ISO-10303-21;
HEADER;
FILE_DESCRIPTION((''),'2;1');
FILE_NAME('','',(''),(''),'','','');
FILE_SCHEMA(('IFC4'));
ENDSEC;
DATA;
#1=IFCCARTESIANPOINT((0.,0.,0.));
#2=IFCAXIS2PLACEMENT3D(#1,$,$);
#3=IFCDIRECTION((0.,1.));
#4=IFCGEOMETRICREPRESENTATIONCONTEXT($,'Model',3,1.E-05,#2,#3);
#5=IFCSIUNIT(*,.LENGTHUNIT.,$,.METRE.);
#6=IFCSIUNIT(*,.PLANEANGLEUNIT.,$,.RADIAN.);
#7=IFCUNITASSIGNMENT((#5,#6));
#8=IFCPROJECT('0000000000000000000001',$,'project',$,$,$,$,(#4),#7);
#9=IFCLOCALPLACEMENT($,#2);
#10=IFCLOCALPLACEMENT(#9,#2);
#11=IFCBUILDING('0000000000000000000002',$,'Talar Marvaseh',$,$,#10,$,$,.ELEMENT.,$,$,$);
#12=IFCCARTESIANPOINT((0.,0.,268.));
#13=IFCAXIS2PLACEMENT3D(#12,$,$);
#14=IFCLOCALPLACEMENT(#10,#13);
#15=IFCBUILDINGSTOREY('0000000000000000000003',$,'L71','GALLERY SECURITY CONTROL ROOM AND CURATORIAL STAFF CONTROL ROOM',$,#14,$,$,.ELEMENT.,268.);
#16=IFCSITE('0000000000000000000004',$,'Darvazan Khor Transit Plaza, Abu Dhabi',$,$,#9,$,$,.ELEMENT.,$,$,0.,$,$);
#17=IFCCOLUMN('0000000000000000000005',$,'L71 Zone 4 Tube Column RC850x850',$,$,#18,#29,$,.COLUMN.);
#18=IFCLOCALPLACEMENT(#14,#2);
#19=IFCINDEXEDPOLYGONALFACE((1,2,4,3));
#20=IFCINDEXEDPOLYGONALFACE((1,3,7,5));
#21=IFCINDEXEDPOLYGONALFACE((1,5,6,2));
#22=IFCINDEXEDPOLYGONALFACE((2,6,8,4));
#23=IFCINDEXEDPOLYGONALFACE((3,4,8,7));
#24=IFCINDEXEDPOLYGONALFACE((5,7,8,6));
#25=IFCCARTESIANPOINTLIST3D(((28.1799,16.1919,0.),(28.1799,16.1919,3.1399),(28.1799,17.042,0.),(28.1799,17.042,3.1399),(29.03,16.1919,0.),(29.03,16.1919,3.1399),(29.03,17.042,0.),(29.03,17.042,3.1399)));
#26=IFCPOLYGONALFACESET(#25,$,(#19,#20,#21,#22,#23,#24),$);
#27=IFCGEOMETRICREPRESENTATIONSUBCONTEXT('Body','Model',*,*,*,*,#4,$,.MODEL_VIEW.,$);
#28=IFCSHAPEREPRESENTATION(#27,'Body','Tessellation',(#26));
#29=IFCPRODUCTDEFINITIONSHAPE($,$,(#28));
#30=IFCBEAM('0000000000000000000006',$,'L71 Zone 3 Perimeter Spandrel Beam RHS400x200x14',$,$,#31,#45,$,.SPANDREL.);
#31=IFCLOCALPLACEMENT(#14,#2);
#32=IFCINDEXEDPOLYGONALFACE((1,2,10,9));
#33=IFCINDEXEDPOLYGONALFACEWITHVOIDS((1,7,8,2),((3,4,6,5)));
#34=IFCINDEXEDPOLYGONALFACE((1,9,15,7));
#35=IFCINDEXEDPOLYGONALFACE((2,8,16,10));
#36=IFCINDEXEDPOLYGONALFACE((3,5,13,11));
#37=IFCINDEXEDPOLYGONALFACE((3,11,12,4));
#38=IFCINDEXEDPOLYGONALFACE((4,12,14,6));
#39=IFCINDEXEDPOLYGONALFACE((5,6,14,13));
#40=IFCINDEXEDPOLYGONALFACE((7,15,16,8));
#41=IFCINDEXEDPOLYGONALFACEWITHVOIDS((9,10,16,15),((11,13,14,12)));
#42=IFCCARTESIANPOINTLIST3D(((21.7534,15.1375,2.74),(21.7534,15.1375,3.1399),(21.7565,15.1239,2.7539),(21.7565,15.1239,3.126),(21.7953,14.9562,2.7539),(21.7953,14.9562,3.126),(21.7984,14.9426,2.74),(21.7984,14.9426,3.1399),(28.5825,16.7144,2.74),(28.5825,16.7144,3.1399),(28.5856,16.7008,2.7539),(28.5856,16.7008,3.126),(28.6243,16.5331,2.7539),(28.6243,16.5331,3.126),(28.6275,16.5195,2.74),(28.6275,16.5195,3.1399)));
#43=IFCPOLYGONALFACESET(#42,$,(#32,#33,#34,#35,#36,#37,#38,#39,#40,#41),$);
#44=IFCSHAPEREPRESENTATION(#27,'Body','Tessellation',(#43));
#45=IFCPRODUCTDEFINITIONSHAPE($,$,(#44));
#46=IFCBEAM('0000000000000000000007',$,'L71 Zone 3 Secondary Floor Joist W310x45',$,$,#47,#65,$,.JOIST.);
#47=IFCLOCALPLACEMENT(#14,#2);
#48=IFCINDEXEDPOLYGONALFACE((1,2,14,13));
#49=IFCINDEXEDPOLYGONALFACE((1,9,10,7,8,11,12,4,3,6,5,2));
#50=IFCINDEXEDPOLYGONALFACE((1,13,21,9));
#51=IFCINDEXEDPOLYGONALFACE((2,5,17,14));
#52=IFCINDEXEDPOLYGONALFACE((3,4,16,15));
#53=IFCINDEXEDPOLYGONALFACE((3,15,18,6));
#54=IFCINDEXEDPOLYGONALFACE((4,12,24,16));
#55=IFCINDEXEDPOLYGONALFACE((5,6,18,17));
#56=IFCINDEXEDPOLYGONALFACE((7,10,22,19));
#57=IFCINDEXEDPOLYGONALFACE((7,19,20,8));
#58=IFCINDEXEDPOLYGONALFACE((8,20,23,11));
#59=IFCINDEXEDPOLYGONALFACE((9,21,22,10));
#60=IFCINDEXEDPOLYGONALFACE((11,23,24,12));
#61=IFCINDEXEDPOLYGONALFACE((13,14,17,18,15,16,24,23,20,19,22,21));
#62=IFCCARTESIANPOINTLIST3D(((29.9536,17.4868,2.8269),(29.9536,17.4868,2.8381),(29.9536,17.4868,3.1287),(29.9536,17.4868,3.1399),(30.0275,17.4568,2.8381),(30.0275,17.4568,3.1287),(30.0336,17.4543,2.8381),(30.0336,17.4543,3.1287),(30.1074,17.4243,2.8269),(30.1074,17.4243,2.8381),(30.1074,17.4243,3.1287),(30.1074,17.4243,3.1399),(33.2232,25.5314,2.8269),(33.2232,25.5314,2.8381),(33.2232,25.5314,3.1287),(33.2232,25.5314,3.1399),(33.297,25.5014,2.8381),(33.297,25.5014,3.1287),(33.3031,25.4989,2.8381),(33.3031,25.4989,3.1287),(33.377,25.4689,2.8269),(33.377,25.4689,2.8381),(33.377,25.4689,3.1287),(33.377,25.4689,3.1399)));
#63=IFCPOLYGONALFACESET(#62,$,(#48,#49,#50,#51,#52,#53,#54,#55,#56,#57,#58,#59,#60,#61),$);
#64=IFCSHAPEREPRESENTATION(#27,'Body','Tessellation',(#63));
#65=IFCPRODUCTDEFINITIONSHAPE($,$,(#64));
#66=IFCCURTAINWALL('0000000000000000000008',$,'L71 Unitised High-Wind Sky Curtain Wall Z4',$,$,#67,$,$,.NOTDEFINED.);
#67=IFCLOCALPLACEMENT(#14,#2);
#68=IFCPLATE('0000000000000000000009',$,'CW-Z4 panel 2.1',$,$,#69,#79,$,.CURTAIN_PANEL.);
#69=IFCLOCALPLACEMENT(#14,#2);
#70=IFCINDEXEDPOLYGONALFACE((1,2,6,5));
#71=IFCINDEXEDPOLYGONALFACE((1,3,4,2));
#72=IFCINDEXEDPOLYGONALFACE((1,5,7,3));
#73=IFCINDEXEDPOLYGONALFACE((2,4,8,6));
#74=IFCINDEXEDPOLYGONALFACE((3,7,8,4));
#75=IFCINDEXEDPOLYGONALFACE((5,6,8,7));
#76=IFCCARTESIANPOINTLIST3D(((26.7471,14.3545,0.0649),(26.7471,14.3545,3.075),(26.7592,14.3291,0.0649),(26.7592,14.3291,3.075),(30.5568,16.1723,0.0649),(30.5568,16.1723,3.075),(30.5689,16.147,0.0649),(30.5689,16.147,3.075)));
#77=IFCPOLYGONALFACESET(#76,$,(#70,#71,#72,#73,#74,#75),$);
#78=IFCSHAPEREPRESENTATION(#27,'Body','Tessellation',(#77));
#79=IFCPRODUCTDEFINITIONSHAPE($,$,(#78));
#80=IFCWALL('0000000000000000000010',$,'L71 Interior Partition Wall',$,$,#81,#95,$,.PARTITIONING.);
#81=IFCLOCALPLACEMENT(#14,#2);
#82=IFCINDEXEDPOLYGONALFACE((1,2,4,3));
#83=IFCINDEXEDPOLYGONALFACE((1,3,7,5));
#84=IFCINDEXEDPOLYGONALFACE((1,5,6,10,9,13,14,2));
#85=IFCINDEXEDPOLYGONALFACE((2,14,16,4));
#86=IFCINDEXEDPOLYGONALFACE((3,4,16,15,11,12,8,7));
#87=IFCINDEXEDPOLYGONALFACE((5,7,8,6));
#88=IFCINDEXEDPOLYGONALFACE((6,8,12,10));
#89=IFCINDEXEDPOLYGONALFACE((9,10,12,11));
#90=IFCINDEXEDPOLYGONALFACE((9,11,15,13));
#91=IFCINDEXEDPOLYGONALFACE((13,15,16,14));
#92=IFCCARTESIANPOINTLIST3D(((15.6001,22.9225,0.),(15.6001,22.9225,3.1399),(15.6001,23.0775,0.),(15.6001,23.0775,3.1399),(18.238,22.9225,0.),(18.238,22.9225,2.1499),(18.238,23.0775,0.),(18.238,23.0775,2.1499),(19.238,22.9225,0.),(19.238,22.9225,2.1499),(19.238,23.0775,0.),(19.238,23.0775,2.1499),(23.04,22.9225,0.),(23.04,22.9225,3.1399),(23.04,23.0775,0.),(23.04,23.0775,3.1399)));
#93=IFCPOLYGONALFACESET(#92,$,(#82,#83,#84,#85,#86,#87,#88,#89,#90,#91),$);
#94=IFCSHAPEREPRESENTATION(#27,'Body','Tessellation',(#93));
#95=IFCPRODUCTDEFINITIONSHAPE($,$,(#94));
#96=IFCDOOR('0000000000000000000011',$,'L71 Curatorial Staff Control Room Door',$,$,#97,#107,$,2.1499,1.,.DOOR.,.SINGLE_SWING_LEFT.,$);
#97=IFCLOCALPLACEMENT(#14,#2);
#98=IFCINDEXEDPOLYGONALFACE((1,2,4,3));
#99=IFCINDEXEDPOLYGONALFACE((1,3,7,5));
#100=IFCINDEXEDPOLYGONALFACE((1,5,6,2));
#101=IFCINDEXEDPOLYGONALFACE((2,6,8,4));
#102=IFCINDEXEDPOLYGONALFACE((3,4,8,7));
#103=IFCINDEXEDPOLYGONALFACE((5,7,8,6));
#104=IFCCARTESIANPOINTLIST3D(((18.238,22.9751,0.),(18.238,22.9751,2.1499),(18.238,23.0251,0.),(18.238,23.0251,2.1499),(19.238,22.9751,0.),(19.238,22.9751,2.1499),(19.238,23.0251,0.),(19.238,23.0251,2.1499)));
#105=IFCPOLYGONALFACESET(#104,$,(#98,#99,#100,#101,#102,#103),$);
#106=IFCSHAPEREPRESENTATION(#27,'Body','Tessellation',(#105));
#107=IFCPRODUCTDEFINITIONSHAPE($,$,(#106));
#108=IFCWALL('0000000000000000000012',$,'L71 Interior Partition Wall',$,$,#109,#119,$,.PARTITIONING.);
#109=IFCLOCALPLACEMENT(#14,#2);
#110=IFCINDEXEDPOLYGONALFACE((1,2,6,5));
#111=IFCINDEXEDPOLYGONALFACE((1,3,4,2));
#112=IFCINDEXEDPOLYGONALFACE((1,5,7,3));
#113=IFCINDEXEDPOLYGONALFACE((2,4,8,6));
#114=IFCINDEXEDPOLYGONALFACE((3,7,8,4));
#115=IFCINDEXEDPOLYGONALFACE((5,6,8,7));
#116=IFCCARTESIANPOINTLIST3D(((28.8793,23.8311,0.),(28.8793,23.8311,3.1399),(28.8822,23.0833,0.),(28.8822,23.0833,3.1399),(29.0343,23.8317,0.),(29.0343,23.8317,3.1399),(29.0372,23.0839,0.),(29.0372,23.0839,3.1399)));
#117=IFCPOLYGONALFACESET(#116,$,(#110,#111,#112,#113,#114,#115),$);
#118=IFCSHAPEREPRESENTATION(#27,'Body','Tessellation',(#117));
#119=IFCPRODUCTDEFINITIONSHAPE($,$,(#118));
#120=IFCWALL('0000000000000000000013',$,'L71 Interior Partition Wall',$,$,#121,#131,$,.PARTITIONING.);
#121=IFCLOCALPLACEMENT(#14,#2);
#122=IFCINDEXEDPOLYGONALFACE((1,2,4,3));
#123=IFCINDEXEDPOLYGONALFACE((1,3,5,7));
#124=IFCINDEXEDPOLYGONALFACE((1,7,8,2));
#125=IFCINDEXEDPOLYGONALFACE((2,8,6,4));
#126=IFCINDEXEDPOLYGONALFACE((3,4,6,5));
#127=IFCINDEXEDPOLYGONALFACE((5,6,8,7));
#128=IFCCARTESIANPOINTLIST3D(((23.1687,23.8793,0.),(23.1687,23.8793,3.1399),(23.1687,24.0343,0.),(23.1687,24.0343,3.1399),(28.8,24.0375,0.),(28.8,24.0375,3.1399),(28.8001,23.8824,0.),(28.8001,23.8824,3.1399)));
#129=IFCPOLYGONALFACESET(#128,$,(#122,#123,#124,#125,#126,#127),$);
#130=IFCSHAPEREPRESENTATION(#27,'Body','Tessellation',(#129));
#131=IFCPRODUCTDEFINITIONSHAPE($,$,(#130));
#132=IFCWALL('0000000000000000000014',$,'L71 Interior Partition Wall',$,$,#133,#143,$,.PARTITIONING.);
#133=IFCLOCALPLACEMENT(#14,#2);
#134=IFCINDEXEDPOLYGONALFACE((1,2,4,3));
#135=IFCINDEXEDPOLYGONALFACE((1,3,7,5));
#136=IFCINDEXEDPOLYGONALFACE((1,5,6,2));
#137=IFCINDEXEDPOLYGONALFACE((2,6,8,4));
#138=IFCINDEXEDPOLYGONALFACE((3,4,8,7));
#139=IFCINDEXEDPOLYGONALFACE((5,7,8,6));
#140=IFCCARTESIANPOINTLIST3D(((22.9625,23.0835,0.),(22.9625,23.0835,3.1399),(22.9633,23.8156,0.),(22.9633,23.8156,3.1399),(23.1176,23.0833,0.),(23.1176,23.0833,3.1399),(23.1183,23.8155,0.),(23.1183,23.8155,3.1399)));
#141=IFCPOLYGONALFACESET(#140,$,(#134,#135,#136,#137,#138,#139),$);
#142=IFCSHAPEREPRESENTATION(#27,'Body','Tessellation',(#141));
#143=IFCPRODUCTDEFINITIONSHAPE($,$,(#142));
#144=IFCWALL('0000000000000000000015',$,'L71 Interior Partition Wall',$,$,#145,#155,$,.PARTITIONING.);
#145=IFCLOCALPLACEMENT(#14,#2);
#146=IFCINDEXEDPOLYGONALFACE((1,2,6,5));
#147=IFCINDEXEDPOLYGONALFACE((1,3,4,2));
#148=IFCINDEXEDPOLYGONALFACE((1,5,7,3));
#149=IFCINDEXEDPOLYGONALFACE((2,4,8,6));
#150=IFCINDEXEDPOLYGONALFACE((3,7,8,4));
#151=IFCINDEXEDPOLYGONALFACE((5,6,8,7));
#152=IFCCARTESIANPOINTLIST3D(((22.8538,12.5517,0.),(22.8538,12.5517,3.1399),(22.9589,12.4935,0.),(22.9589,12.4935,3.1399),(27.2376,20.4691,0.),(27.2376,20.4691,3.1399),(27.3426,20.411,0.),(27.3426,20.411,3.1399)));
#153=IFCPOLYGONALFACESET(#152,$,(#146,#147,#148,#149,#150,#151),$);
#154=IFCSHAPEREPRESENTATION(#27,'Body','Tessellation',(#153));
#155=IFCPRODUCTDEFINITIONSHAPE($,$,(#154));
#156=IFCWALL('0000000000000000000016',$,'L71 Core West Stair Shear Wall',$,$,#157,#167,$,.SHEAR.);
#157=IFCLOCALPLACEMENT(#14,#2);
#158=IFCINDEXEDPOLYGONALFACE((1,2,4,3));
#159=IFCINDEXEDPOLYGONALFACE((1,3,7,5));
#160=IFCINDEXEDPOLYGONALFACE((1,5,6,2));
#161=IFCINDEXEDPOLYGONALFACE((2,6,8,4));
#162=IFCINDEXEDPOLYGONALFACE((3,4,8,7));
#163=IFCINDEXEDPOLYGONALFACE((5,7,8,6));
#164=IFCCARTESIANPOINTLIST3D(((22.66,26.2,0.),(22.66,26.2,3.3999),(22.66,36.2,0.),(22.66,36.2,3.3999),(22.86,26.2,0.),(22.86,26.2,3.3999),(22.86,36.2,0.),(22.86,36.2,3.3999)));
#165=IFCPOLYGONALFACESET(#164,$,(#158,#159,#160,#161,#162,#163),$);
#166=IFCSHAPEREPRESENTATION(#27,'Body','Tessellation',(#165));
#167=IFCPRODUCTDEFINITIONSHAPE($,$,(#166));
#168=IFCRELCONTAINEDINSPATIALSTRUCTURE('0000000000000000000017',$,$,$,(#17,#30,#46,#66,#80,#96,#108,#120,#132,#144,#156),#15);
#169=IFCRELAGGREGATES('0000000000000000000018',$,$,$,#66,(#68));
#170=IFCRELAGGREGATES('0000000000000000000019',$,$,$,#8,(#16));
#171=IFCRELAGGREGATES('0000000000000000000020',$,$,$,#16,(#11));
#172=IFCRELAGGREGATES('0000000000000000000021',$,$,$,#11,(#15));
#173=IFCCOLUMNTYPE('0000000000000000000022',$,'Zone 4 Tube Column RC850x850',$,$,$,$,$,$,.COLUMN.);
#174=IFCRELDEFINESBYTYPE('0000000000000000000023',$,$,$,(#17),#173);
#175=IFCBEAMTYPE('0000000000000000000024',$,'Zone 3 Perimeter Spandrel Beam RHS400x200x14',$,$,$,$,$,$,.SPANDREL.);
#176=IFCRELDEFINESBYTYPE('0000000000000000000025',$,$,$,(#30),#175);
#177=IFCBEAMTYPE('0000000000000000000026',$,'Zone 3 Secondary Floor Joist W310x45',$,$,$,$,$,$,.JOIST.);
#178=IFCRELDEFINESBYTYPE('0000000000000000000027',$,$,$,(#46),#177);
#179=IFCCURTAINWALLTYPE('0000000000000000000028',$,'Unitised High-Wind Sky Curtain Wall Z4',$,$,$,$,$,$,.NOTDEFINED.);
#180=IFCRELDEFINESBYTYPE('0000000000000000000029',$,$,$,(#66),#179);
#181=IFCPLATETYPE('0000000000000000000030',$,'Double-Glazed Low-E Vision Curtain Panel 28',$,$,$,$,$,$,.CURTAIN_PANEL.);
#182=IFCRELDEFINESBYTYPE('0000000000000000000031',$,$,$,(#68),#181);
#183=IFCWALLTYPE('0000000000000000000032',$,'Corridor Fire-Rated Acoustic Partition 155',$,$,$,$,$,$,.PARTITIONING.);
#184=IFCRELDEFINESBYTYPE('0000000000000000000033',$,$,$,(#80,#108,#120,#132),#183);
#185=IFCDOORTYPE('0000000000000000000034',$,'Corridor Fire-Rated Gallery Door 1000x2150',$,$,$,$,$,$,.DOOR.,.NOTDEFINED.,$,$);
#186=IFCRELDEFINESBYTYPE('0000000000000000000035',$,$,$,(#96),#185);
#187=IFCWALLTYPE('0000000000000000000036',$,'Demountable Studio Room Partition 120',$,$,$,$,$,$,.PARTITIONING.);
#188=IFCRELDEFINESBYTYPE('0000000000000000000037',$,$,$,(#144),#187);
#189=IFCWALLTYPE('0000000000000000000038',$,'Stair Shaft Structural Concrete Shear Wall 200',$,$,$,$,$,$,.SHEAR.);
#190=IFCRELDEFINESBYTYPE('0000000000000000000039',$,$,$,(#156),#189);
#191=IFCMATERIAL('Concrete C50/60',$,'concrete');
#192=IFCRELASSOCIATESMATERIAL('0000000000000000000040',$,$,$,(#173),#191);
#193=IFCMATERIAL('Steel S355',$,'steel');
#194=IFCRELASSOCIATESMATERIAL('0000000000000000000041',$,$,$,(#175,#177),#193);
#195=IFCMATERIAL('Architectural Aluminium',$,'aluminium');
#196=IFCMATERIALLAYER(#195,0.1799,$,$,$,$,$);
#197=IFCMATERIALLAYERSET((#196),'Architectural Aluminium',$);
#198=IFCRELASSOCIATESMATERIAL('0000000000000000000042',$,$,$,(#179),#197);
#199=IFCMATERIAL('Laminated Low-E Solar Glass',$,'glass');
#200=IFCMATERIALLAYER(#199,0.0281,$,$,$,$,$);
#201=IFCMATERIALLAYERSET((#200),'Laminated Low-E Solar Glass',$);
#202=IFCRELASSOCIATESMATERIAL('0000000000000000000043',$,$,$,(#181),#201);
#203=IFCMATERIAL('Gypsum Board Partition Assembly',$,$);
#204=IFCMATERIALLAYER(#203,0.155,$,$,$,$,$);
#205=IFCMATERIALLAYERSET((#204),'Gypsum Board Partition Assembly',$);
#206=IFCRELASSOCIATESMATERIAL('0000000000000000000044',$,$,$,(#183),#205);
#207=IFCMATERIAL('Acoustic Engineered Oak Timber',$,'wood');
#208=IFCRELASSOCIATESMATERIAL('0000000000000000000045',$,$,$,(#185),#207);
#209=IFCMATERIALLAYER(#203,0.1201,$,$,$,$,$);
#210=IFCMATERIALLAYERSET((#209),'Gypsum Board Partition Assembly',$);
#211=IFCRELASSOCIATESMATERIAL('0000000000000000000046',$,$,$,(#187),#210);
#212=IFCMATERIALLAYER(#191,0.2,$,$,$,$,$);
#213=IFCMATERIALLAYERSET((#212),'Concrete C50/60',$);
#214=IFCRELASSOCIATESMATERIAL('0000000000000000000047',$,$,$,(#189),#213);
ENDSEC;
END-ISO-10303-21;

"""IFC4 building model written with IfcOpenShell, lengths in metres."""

from ifc_helpers import new_model, si_unit, direction, frame, frame_2d, origin, origin_2d, place, context, subcontext, project, spatial, rectangle, hollow_rectangle, i_section, extrude, source, transform, mapped, material, layer, layer_set, material_profile, profile_set, type_object, type_shapes, element, fill, aggregate, save


model = new_model("IFC4")

# Units and contexts
model_context = context("Model", 3, precision=1e-05, world=origin(), true_north=direction((0.0, 1.0)))
body_context = subcontext(model_context, "Body", "Model", "MODEL_VIEW")
ifc_project = project(units=[si_unit("LENGTHUNIT", "METRE"), si_unit("PLANEANGLEUNIT", "RADIAN")], contexts=[model_context])

# Site, building, storey
site_placement = place(None, origin())
site = spatial("IfcSite", under=ifc_project, at=site_placement, Name="Darvazan Khor Transit Plaza, Abu Dhabi", CompositionType="ELEMENT", RefElevation=0.0)
building_placement = place(site_placement, origin())
building = spatial("IfcBuilding", under=site, at=building_placement, Name="Talar Marvaseh", CompositionType="ELEMENT")
storey_placement = place(building_placement, frame((0.0, 0.0, 268.0)))
storey = spatial("IfcBuildingStorey", under=building, at=storey_placement, Name="L71", Description="GALLERY SECURITY CONTROL ROOM AND CURATORIAL STAFF CONTROL ROOM", CompositionType="ELEMENT", Elevation=268.0)

# Column
ifc_material_1 = material(Name="Concrete C50/60", Category="concrete")
ifc_material_profile_1 = material_profile(ifc_material_1, rectangle(XDim=0.8501, YDim=0.8501, at=origin_2d()), Name="RC850x850")
ifc_profile_set_1 = profile_set([ifc_material_profile_1], Name="Concrete C50/60")
column_type = type_object("IfcColumnType", Name="Zone 4 Tube Column RC850x850", PredefinedType="COLUMN", material=ifc_profile_set_1)
column_placement = place(storey_placement, frame((28.605, 16.6169, 0.0), z_axis=(0.0, 0.0, 1.0), x_axis=(1.0, 0.0, 0.0)))
element("IfcColumn", 1, at=column_placement, inside=storey, type_object=column_type, Name="L71 Zone 4 Tube Column RC850x850", PredefinedType="COLUMN", context=body_context, shape_type="SweptSolid", body=[
    extrude(rectangle(XDim=0.8501, YDim=0.8501, at=origin_2d()), origin(), (0.0, 0.0, 1.0), 3.1399),
])

# Beams
ifc_material_2 = material(Name="Steel S355", Category="steel")
ifc_material_profile_2 = material_profile(ifc_material_2, hollow_rectangle(XDim=0.2, YDim=0.3999, WallThickness=0.0139, at=origin_2d()), Name="RHS400x200x14")
ifc_profile_set_2 = profile_set([ifc_material_profile_2], Name="Steel S355")
beam_type_1 = type_object("IfcBeamType", Name="Zone 3 Perimeter Spandrel Beam RHS400x200x14", PredefinedType="SPANDREL", material=ifc_profile_set_2)
beam_1_placement = place(storey_placement, frame((28.605, 16.6169, 2.9399), z_axis=(-0.974361, -0.224989, 0.0), x_axis=(0.224989, -0.974361, 0.0)))
element("IfcBeam", 2, at=beam_1_placement, inside=storey, type_object=beam_type_1, Name="L71 Zone 3 Perimeter Spandrel Beam RHS400x200x14", PredefinedType="SPANDREL", context=body_context, shape_type="SweptSolid", body=[
    extrude(hollow_rectangle(XDim=0.2, YDim=0.3999, WallThickness=0.0139, at=origin_2d()), origin(), (0.0, 0.0, 1.0), 7.0088),
])
ifc_material_profile_3 = material_profile(ifc_material_2, i_section(OverallWidth=0.166, OverallDepth=0.313, WebThickness=0.0066, FlangeThickness=0.0112, at=origin_2d()), Name="W310x45")
ifc_profile_set_3 = profile_set([ifc_material_profile_3], Name="Steel S355")
beam_type_2 = type_object("IfcBeamType", Name="Zone 3 Secondary Floor Joist W310x45", PredefinedType="JOIST", material=ifc_profile_set_3)
beam_2_placement = place(storey_placement, frame((30.0305, 17.4556, 2.9834), z_axis=(0.376523, 0.926407, 0.0), x_axis=(-0.926407, 0.376523, 0.0)))
element("IfcBeam", 3, at=beam_2_placement, inside=storey, type_object=beam_type_2, Name="L71 Zone 3 Secondary Floor Joist W310x45", PredefinedType="JOIST", context=body_context, shape_type="SweptSolid", body=[
    extrude(i_section(OverallWidth=0.166, OverallDepth=0.313, WebThickness=0.0066, FlangeThickness=0.0112, at=origin_2d()), origin(), (0.0, 0.0, 1.0), 8.6836),
])

# Curtain wall, plate
ifc_material_3 = material(Name="Architectural Aluminium", Category="aluminium")
ifc_layer_1 = layer(ifc_material_3, 0.1799)
ifc_layer_set_1 = layer_set([ifc_layer_1], Name="Architectural Aluminium")
curtain_wall_type = type_object("IfcCurtainWallType", Name="Unitised High-Wind Sky Curtain Wall Z4", PredefinedType="NOTDEFINED", material=ifc_layer_set_1)
curtain_wall_placement = place(storey_placement, origin())
curtain_wall = element("IfcCurtainWall", 4, at=curtain_wall_placement, inside=storey, type_object=curtain_wall_type, Name="L71 Unitised High-Wind Sky Curtain Wall Z4", PredefinedType="NOTDEFINED")
ifc_material_4 = material(Name="Laminated Low-E Solar Glass", Category="glass")
ifc_layer_2 = layer(ifc_material_4, 0.0281)
ifc_layer_set_2 = layer_set([ifc_layer_2], Name="Laminated Low-E Solar Glass")
plate_type = type_object("IfcPlateType", Name="Double-Glazed Low-E Vision Curtain Panel 28", PredefinedType="CURTAIN_PANEL", material=ifc_layer_set_2)
shared_shape_1 = source(origin(), body_context, "Body", "SweptSolid", [
    extrude(rectangle(XDim=4.2212, YDim=0.0281, at=origin_2d()), origin(), (0.0, 0.0, 1.0), 3.01),
])
type_shapes(plate_type, [shared_shape_1])
plate_placement = place(storey_placement, frame((28.658, 15.2507, 0.0649), z_axis=(0.0, 0.0, 1.0), x_axis=(-0.902517, -0.430655, 0.0)))
plate = element("IfcPlate", 5, at=plate_placement, type_object=plate_type, Name="CW-Z4 panel 2.1", PredefinedType="CURTAIN_PANEL", context=body_context, shape_type="MappedRepresentation", body=[
    mapped(shared_shape_1, transform((0.0, 0.0, 0.0), x_axis=(1.0, 0.0, 0.0), y_axis=(0.0, 1.0, 0.0), z_axis=(0.0, 0.0, 1.0), scale=1.0)),
])
aggregate(curtain_wall, [plate])

# Wall, opening, door
ifc_material_5 = material(Name="Gypsum Board Partition Assembly")
ifc_layer_3 = layer(ifc_material_5, 0.155)
ifc_layer_set_3 = layer_set([ifc_layer_3], Name="Gypsum Board Partition Assembly")
wall_type_1 = type_object("IfcWallType", Name="Corridor Fire-Rated Acoustic Partition 155", PredefinedType="PARTITIONING", material=ifc_layer_set_3)
wall_1_placement = place(storey_placement, frame((23.04, 23.0, 0.0), z_axis=(0.0, 0.0, 1.0), x_axis=(-1.0, 0.0, 0.0)))
wall_1 = element("IfcWall", 6, at=wall_1_placement, inside=storey, type_object=wall_type_1, Name="L71 Interior Partition Wall", PredefinedType="PARTITIONING", context=body_context, shape_type="SweptSolid", body=[
    extrude(rectangle(XDim=7.4399, YDim=0.155, at=frame_2d((3.72, 0.0))), origin(), (0.0, 0.0, 1.0), 3.1399),
])
opening_1_placement = place(wall_1_placement, frame((3.802, 0.0, 0.0)))
opening_1 = element("IfcOpeningElement", 7, at=opening_1_placement, cuts=wall_1, PredefinedType="OPENING", context=body_context, shape_type="SweptSolid", body=[
    extrude(rectangle(XDim=1.0, YDim=2.1499, at=frame_2d((0.5, 1.075))), frame((0.0, 0.0874, 0.0), z_axis=(0.0, -1.0, 0.0), x_axis=(1.0, 0.0, 0.0)), (0.0, 0.0, 1.0), 0.175),
])
ifc_material_6 = material(Name="Acoustic Engineered Oak Timber", Category="wood")
door_type_1 = type_object("IfcDoorType", Name="Corridor Fire-Rated Gallery Door 1000x2150", OperationType="NOTDEFINED", PredefinedType="DOOR", material=ifc_material_6)
shared_shape_2 = source(origin(), body_context, "Body", "SweptSolid", [
    extrude(rectangle(XDim=1.0, YDim=2.1499, at=frame_2d((0.5, 1.075))), frame((0.0, 0.0249, 0.0), z_axis=(0.0, -1.0, 0.0), x_axis=(1.0, 0.0, 0.0)), (0.0, 0.0, 1.0), 0.05),
])
type_shapes(door_type_1, [shared_shape_2])
door_1_placement = place(opening_1_placement, origin())
door_1 = element("IfcDoor", 8, at=door_1_placement, inside=storey, type_object=door_type_1, Name="L71 Curatorial Staff Control Room Door", OperationType="SINGLE_SWING_LEFT", OverallHeight=2.1499, OverallWidth=1.0, PredefinedType="DOOR", context=body_context, shape_type="MappedRepresentation", body=[
    mapped(shared_shape_2, transform((0.0, 0.0, 0.0), x_axis=(1.0, 0.0, 0.0), y_axis=(0.0, 1.0, 0.0), z_axis=(0.0, 0.0, 1.0), scale=1.0)),
])
fill(opening_1, door_1)

# Walls
wall_2_placement = place(storey_placement, frame((28.9597, 23.0835, 0.0), z_axis=(0.0, 0.0, 1.0), x_axis=(-0.003918, 0.999992, 0.0)))
element("IfcWall", 9, at=wall_2_placement, inside=storey, type_object=wall_type_1, Name="L71 Interior Partition Wall", PredefinedType="PARTITIONING", context=body_context, shape_type="SweptSolid", body=[
    extrude(rectangle(XDim=0.7478, YDim=0.155, at=frame_2d((0.374, 0.0))), origin(), (0.0, 0.0, 1.0), 3.1399),
])
wall_3_placement = place(storey_placement, frame((28.8, 23.96, 0.0), z_axis=(0.0, 0.0, 1.0), x_axis=(-1.0, -0.000564, 0.0)))
element("IfcWall", 10, at=wall_3_placement, inside=storey, type_object=wall_type_1, Name="L71 Interior Partition Wall", PredefinedType="PARTITIONING", context=body_context, shape_type="SweptSolid", body=[
    extrude(rectangle(XDim=5.6313, YDim=0.155, at=frame_2d((2.8157, 0.0))), origin(), (0.0, 0.0, 1.0), 3.1399),
])
wall_4_placement = place(storey_placement, frame((23.0408, 23.8157, 0.0), z_axis=(0.0, 0.0, 1.0), x_axis=(-0.001, -0.999999, 0.0)))
element("IfcWall", 11, at=wall_4_placement, inside=storey, type_object=wall_type_1, Name="L71 Interior Partition Wall", PredefinedType="PARTITIONING", context=body_context, shape_type="SweptSolid", body=[
    extrude(rectangle(XDim=0.7322, YDim=0.155, at=frame_2d((0.3662, 0.0))), origin(), (0.0, 0.0, 1.0), 3.1399),
])
ifc_layer_4 = layer(ifc_material_5, 0.1201)
ifc_layer_set_4 = layer_set([ifc_layer_4], Name="Gypsum Board Partition Assembly")
wall_type_2 = type_object("IfcWallType", Name="Demountable Studio Room Partition 120", PredefinedType="PARTITIONING", material=ifc_layer_set_4)
wall_5_placement = place(storey_placement, frame((27.29, 20.4399, 0.0), z_axis=(0.0, 0.0, 1.0), x_axis=(-0.484392, -0.874851, 0.0)))
element("IfcWall", 12, at=wall_5_placement, inside=storey, type_object=wall_type_2, Name="L71 Interior Partition Wall", PredefinedType="PARTITIONING", context=body_context, shape_type="SweptSolid", body=[
    extrude(rectangle(XDim=9.05, YDim=0.1201, at=frame_2d((4.5249, 0.0))), origin(), (0.0, 0.0, 1.0), 3.1399),
])
ifc_layer_5 = layer(ifc_material_1, 0.2)
ifc_layer_set_5 = layer_set([ifc_layer_5], Name="Concrete C50/60")
wall_type_3 = type_object("IfcWallType", Name="Stair Shaft Structural Concrete Shear Wall 200", PredefinedType="SHEAR", material=ifc_layer_set_5)
wall_6_placement = place(storey_placement, frame((22.76, 26.2, 0.0), z_axis=(0.0, 0.0, 1.0), x_axis=(0.0, 1.0, 0.0)))
element("IfcWall", 13, at=wall_6_placement, inside=storey, type_object=wall_type_3, Name="L71 Core West Stair Shear Wall", PredefinedType="SHEAR", context=body_context, shape_type="SweptSolid", body=[
    extrude(rectangle(XDim=10.0, YDim=0.2, at=frame_2d((5.0, 0.0))), origin(), (0.0, 0.0, 1.0), 3.3999),
])

save(model, "model.ifc")
